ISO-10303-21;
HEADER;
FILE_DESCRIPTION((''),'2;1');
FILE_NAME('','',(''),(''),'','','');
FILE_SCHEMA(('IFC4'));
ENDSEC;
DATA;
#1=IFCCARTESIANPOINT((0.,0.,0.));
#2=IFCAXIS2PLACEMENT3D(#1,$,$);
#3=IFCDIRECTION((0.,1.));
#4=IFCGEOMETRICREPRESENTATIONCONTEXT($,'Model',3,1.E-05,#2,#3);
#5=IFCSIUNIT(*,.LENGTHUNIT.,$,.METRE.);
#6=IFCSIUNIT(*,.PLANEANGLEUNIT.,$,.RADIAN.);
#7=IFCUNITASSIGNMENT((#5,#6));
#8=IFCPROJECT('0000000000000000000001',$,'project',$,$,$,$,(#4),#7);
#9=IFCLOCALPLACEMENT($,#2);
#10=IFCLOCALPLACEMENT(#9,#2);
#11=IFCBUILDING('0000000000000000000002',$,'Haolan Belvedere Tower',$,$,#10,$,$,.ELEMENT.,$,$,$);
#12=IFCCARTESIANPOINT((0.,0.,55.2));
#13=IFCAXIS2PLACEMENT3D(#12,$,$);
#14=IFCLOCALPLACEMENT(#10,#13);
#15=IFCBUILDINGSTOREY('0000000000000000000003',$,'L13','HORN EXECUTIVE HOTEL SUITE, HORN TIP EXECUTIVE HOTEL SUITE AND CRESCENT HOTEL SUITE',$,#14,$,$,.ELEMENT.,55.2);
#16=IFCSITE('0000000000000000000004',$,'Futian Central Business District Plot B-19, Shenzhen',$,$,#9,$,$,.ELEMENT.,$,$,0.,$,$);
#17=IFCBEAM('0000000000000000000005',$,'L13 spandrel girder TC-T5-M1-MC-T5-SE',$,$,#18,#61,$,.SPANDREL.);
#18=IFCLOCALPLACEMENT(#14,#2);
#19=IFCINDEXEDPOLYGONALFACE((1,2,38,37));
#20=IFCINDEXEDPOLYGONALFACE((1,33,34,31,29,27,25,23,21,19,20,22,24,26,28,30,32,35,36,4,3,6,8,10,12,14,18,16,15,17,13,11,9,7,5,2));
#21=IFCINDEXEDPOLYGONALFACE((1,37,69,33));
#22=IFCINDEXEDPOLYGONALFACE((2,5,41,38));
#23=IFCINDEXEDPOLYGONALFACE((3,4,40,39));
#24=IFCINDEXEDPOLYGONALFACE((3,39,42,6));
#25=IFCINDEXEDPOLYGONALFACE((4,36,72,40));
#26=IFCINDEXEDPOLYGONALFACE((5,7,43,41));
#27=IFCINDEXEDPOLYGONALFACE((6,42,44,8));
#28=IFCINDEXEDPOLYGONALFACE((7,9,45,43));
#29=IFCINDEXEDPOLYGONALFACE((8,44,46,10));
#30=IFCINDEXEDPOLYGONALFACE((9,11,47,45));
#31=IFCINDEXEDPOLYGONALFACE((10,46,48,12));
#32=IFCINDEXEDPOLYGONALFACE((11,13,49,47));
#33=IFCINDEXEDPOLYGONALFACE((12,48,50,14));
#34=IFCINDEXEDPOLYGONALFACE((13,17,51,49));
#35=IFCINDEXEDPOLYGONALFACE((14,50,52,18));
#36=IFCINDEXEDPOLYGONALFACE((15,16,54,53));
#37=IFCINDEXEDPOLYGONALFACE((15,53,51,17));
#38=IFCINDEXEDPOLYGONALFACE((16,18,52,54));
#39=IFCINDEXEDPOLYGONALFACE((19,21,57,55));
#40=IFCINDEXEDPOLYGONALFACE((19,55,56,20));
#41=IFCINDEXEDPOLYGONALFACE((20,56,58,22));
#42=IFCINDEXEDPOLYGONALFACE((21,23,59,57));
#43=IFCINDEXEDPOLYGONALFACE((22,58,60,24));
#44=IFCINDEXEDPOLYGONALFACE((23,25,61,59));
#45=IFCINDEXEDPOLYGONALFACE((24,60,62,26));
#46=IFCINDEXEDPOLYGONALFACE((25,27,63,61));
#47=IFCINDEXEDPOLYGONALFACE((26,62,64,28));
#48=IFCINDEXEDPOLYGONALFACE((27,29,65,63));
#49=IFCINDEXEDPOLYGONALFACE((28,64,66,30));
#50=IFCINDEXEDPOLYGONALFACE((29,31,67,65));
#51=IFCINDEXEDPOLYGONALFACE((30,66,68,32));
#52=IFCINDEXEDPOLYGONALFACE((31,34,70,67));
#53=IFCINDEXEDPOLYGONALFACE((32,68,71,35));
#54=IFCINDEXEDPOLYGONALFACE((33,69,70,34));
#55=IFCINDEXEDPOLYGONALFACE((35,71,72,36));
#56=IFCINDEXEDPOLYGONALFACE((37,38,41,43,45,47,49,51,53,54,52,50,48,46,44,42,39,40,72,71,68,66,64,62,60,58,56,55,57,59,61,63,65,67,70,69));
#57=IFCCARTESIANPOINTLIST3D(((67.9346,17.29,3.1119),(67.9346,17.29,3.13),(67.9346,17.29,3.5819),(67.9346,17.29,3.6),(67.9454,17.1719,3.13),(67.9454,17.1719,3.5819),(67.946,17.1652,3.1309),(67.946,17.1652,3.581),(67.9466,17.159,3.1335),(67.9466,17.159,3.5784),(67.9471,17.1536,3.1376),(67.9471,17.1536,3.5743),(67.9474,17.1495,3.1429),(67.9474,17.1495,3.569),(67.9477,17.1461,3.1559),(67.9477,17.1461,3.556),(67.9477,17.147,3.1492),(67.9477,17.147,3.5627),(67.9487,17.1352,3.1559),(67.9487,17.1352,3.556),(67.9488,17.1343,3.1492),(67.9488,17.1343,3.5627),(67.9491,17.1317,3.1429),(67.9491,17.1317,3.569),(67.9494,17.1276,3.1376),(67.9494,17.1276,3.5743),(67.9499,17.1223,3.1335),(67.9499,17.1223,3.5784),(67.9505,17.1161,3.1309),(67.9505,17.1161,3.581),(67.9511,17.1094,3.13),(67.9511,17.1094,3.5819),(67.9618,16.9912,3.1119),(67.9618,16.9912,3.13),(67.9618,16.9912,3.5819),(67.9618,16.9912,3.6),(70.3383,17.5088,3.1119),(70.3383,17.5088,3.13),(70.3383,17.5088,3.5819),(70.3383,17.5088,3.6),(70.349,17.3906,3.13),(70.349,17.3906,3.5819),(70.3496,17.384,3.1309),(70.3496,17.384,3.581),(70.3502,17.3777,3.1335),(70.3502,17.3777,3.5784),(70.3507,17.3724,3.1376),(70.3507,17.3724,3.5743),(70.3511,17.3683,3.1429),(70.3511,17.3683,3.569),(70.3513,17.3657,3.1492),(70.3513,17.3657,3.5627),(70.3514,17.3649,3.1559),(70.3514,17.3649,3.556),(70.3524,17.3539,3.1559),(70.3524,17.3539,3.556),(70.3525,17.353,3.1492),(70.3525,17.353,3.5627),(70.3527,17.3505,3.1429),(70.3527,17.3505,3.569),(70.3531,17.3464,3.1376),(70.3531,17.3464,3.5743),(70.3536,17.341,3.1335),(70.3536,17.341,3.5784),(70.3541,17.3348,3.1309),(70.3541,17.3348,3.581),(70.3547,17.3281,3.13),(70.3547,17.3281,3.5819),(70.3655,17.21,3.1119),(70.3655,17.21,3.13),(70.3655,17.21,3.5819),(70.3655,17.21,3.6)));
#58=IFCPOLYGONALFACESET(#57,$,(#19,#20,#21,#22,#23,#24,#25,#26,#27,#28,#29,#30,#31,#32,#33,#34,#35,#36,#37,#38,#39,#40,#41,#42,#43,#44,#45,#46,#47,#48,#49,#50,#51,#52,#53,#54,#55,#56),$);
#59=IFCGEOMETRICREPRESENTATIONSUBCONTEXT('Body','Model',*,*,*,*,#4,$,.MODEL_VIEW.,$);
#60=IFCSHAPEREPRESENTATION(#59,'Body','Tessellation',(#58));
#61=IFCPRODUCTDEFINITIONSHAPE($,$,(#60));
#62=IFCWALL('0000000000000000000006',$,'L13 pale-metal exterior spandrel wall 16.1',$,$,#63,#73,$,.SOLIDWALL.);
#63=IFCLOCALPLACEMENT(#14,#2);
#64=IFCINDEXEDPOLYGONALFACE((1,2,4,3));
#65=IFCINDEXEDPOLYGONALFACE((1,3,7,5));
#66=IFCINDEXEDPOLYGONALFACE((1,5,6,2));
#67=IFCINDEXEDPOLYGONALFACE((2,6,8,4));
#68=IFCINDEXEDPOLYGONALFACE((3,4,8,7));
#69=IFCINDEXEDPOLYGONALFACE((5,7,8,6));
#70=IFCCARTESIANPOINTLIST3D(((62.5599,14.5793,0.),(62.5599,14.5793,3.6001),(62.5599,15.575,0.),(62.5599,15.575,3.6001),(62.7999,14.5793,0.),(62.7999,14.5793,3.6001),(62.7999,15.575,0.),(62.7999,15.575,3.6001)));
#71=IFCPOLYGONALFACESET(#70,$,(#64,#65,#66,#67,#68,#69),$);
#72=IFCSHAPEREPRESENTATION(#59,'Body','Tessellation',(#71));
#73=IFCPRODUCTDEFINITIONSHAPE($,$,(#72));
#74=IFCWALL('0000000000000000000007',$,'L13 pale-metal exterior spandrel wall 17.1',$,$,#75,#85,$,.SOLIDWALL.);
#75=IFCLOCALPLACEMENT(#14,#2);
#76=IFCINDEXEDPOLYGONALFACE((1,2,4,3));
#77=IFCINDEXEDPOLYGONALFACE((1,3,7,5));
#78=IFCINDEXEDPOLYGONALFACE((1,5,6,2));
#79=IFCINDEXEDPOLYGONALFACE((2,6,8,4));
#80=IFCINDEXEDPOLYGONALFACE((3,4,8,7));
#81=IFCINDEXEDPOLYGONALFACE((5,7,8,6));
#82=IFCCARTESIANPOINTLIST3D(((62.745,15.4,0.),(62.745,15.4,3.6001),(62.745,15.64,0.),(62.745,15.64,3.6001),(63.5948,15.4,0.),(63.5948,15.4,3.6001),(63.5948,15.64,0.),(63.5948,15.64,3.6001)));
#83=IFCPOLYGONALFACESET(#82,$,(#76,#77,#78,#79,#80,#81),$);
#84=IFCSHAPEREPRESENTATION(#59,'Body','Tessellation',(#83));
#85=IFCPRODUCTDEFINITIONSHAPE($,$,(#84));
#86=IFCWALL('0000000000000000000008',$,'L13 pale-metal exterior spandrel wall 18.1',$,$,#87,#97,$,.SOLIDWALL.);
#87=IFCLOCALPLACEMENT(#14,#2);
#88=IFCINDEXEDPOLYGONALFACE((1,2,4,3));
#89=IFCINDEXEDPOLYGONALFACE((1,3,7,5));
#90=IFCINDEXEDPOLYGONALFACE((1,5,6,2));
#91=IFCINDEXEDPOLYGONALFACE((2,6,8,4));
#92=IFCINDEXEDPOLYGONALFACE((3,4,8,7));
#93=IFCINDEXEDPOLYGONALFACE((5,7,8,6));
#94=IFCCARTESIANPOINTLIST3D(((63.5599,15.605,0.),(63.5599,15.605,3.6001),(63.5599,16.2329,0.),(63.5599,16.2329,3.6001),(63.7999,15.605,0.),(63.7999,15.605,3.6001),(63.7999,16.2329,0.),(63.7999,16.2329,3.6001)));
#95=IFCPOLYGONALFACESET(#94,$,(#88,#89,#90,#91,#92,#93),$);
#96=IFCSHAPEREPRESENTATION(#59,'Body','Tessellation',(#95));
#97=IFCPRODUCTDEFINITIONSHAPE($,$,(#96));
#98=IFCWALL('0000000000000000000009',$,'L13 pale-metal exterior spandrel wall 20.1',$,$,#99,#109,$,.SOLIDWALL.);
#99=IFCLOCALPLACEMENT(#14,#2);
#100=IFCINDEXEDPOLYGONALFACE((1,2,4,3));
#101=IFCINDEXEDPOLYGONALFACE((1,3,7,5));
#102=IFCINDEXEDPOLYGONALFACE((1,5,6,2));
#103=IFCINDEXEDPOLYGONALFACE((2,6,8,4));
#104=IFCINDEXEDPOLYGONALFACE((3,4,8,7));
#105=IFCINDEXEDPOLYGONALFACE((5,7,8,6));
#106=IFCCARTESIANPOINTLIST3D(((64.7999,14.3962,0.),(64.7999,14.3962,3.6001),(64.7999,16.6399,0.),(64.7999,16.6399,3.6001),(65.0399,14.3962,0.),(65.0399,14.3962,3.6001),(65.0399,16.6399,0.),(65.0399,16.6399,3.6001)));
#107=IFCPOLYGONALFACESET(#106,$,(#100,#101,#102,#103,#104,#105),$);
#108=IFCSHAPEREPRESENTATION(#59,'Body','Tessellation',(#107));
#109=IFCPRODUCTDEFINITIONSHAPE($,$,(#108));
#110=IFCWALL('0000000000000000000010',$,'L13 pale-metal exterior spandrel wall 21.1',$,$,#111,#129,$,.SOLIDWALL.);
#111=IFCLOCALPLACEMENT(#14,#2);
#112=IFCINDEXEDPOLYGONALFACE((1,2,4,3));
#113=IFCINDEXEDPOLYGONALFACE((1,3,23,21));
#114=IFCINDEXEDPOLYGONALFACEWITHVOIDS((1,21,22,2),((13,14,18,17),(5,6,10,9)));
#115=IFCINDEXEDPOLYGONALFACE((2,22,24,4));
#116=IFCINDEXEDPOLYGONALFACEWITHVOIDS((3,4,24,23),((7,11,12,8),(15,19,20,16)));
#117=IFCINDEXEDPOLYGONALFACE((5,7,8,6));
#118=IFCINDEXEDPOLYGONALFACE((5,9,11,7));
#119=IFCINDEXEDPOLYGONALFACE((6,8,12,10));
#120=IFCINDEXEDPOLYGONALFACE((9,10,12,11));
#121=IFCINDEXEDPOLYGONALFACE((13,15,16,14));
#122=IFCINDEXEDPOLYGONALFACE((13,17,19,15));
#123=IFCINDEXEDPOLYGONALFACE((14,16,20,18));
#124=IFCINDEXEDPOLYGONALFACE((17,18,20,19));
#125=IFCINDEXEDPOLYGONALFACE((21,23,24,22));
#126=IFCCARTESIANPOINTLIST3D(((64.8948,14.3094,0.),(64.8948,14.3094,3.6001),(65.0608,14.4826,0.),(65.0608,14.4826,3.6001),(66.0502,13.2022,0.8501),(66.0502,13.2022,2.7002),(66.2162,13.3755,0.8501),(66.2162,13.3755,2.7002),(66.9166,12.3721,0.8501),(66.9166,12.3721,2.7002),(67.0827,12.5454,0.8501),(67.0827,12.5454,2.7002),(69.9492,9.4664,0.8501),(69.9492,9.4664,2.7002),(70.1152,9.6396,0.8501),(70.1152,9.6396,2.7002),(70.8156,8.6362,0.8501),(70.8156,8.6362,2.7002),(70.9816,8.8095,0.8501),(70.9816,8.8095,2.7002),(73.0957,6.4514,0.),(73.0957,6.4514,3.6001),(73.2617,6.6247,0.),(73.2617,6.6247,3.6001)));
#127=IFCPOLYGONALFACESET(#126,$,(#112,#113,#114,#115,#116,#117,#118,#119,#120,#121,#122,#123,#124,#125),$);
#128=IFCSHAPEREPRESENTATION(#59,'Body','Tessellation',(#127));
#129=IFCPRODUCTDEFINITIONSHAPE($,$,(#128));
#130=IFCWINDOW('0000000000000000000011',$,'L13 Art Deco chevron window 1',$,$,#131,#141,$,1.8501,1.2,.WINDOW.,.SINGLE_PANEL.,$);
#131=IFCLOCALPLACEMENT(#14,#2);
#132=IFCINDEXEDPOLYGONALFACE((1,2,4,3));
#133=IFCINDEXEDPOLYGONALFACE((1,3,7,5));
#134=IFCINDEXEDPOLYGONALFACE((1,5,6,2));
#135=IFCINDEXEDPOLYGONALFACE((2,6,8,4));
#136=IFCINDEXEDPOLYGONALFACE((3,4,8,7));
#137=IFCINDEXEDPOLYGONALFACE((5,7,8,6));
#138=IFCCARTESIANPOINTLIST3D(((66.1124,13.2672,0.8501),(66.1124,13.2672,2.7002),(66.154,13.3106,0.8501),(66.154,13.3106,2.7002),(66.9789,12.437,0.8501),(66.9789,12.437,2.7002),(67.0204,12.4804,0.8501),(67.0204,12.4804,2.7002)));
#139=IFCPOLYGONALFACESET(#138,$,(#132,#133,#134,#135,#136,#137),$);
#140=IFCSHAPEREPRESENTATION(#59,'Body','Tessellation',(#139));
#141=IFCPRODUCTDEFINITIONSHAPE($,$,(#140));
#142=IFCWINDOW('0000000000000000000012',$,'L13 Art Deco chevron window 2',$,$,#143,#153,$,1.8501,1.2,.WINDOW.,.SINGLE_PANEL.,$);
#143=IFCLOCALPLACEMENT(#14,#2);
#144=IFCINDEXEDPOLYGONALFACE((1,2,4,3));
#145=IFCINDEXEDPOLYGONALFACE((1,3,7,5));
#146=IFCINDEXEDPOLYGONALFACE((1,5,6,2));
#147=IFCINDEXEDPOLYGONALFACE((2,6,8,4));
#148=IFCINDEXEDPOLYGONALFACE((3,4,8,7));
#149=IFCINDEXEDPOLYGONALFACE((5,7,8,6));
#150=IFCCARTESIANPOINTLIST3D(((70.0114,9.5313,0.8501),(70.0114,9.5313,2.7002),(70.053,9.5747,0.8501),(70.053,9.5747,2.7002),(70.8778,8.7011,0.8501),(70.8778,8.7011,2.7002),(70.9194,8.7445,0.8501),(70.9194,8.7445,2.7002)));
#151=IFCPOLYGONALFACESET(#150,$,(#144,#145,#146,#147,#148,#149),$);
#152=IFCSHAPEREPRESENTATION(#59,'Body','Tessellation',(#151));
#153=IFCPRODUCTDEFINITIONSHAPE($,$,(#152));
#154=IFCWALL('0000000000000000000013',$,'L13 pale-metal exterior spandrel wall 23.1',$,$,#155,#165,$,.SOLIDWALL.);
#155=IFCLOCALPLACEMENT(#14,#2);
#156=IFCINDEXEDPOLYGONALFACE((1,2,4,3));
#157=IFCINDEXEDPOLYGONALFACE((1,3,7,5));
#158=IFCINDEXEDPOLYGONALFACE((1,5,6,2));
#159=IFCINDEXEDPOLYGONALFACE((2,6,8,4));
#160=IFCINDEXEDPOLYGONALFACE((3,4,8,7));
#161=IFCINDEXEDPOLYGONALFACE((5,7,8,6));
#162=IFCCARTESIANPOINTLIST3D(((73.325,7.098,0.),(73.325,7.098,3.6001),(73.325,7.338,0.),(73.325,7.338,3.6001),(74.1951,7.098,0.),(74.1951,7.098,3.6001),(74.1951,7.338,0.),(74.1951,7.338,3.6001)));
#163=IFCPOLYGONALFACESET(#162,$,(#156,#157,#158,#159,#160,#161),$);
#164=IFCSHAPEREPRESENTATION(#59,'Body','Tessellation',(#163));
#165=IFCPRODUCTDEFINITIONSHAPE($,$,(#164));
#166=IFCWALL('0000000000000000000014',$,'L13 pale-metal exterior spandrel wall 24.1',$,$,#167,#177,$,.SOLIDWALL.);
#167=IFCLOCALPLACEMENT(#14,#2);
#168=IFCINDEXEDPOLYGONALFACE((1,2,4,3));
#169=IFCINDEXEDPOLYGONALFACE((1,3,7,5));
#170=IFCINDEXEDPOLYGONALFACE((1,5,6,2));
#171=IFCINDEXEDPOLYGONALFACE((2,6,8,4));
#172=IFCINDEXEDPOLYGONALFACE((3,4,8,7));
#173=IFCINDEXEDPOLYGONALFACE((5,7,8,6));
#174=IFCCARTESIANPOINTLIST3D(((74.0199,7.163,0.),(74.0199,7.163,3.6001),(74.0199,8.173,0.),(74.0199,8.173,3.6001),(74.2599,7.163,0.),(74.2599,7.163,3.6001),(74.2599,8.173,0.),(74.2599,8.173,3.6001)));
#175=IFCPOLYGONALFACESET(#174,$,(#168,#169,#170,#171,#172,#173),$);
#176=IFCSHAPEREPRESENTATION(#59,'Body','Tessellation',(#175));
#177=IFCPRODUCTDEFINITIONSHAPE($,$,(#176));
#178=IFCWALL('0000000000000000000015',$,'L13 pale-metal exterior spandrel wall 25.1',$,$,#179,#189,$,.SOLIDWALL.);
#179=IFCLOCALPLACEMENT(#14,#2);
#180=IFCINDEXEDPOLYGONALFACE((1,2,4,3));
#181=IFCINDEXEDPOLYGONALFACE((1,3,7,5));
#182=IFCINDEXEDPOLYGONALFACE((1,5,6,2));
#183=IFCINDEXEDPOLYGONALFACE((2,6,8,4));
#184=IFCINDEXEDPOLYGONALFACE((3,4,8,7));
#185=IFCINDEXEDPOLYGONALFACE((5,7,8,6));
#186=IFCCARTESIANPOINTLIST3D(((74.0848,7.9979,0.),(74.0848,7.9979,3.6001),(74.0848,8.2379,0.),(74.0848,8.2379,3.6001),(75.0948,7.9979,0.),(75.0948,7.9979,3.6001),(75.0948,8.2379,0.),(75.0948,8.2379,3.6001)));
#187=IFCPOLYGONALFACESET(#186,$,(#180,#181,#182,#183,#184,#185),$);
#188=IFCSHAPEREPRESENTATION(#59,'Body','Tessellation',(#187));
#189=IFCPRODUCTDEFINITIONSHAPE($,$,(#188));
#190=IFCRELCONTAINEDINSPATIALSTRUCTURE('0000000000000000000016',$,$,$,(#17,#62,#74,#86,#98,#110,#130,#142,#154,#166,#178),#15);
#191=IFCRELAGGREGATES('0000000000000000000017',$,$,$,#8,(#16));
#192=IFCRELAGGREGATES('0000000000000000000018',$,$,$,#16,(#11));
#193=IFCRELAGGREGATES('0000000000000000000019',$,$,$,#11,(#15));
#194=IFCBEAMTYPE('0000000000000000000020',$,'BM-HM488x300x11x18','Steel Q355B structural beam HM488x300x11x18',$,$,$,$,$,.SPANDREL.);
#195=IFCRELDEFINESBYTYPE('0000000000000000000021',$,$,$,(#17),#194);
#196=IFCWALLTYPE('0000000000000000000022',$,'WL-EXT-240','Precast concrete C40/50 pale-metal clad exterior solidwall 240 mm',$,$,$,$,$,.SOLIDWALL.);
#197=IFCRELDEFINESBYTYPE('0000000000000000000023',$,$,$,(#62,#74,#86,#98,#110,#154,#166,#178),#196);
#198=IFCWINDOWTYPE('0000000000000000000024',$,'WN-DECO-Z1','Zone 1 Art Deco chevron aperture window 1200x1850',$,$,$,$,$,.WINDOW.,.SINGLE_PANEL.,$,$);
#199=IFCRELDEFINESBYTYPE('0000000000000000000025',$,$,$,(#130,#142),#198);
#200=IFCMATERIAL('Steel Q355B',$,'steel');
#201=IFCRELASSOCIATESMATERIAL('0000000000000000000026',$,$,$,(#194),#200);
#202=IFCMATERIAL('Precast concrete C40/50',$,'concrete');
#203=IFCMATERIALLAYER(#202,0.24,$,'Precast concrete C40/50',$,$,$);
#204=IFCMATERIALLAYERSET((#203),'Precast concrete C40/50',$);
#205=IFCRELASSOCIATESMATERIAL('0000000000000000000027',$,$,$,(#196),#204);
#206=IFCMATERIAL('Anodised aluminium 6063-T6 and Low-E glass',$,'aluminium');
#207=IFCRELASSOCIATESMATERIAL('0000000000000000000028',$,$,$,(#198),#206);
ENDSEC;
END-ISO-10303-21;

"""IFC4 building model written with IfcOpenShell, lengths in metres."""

from ifc_helpers import new_model, si_unit, direction, frame, frame_2d, origin, origin_2d, place, context, subcontext, project, spatial, rectangle, i_section, extrude, material, layer, layer_set, material_profile, profile_set, type_object, element, fill, save


model = new_model("IFC4")

# Units and contexts
model_context = context("Model", 3, precision=1e-05, world=origin(), true_north=direction((0.0, 1.0)))
body_context = subcontext(model_context, "Body", "Model", "MODEL_VIEW")
ifc_project = project(units=[si_unit("LENGTHUNIT", "METRE"), si_unit("PLANEANGLEUNIT", "RADIAN")], contexts=[model_context])

# Site, building, storey
site_placement = place(None, origin())
site = spatial("IfcSite", under=ifc_project, at=site_placement, Name="Futian Central Business District Plot B-19, Shenzhen", CompositionType="ELEMENT", RefElevation=0.0)
building_placement = place(site_placement, origin())
building = spatial("IfcBuilding", under=site, at=building_placement, Name="Haolan Belvedere Tower", CompositionType="ELEMENT")
storey_placement = place(building_placement, frame((0.0, 0.0, 55.2)))
storey = spatial("IfcBuildingStorey", under=building, at=storey_placement, Name="L13", Description="HORN EXECUTIVE HOTEL SUITE, HORN TIP EXECUTIVE HOTEL SUITE AND CRESCENT HOTEL SUITE", CompositionType="ELEMENT", Elevation=55.2)

# Shared definitions
ifc_material_1 = material(Name="Steel Q355B", Category="steel")

# Beam
ifc_material_profile_1 = material_profile(ifc_material_1, i_section(OverallWidth=0.3, OverallDepth=0.488, WebThickness=0.011, FlangeThickness=0.0181, FilletRadius=0.0259, at=origin_2d()), Name="Steel Q355B")
ifc_profile_set_1 = profile_set([ifc_material_profile_1], Name="Steel Q355B")
beam_type = type_object("IfcBeamType", Name="BM-HM488x300x11x18", Description="Steel Q355B structural beam HM488x300x11x18", PredefinedType="SPANDREL", material=ifc_profile_set_1)
for number, where, z_axis, x_axis, name in (
    (1, (67.9482, 17.1406, 3.356), (0.995884, 0.090636, 0.0), (-0.090636, 0.995884, 0.0), "L13 spandrel girder TC-T5-M1-MC-T5-SE"),
):
    element("IfcBeam", number, at=place(storey_placement, frame(where, z_axis=z_axis, x_axis=x_axis)), inside=storey, type_object=beam_type, Name=name, PredefinedType="SPANDREL", context=body_context, shape_type="SweptSolid", body=[
        extrude(i_section(OverallWidth=0.3, OverallDepth=0.488, WebThickness=0.011, FlangeThickness=0.0181, FilletRadius=0.0259, at=origin_2d()), origin(), (0.0, 0.0, 1.0), 2.4136),
    ])

# Walls
ifc_material_2 = material(Name="Precast concrete C40/50", Category="concrete")
ifc_layer_1 = layer(ifc_material_2, 0.24, Name="Precast concrete C40/50")
ifc_layer_set_1 = layer_set([ifc_layer_1], Name="Precast concrete C40/50")
wall_type_1 = type_object("IfcWallType", Name="WL-EXT-240", Description="Precast concrete C40/50 pale-metal clad exterior solidwall 240 mm", PredefinedType="SOLIDWALL", material=ifc_layer_set_1)
wall_1_placement = place(storey_placement, frame((62.6799, 14.5793, 0.0), z_axis=(0.0, 0.0, 1.0), x_axis=(0.0, 1.0, 0.0)))
element("IfcWall", 2, at=wall_1_placement, inside=storey, type_object=wall_type_1, Name="L13 pale-metal exterior spandrel wall 16.1", PredefinedType="SOLIDWALL", context=body_context, shape_type="SweptSolid", body=[
    extrude(rectangle(XDim=0.9956, YDim=0.24, at=frame_2d((0.4978, 0.0))), origin(), (0.0, 0.0, 1.0), 3.6001),
])
wall_2_placement = place(storey_placement, frame((62.7451, 15.52, 0.0), z_axis=(0.0, 0.0, 1.0), x_axis=(1.0, 0.0, 0.0)))
element("IfcWall", 3, at=wall_2_placement, inside=storey, type_object=wall_type_1, Name="L13 pale-metal exterior spandrel wall 17.1", PredefinedType="SOLIDWALL", context=body_context, shape_type="SweptSolid", body=[
    extrude(rectangle(XDim=0.8499, YDim=0.24, at=frame_2d((0.4248, 0.0))), origin(), (0.0, 0.0, 1.0), 3.6001),
])
wall_3_placement = place(storey_placement, frame((63.6799, 15.605, 0.0), z_axis=(0.0, 0.0, 1.0), x_axis=(0.0, 1.0, 0.0)))
element("IfcWall", 4, at=wall_3_placement, inside=storey, type_object=wall_type_1, Name="L13 pale-metal exterior spandrel wall 18.1", PredefinedType="SOLIDWALL", context=body_context, shape_type="SweptSolid", body=[
    extrude(rectangle(XDim=0.6279, YDim=0.24, at=frame_2d((0.314, 0.0))), origin(), (0.0, 0.0, 1.0), 3.6001),
])
wall_4_placement = place(storey_placement, frame((64.9199, 16.6399, 0.0), z_axis=(0.0, 0.0, 1.0), x_axis=(0.0, -1.0, 0.0)))
element("IfcWall", 5, at=wall_4_placement, inside=storey, type_object=wall_type_1, Name="L13 pale-metal exterior spandrel wall 20.1", PredefinedType="SOLIDWALL", context=body_context, shape_type="SweptSolid", body=[
    extrude(rectangle(XDim=2.2437, YDim=0.24, at=frame_2d((1.1218, 0.0))), origin(), (0.0, 0.0, 1.0), 3.6001),
])

# Wall, openings, windows
wall_5_placement = place(storey_placement, frame((64.9778, 14.396, 0.0), z_axis=(0.0, 0.0, 1.0), x_axis=(0.722046, -0.691845, 0.0)))
wall_5 = element("IfcWall", 6, at=wall_5_placement, inside=storey, type_object=wall_type_1, Name="L13 pale-metal exterior spandrel wall 21.1", PredefinedType="SOLIDWALL", context=body_context, shape_type="SweptSolid", body=[
    extrude(rectangle(XDim=11.3579, YDim=0.24, at=frame_2d((5.679, 0.0))), origin(), (0.0, 0.0, 1.0), 3.6001),
])
opening_1_placement = place(wall_5_placement, frame((1.6001, 0.0, 0.8501)))
opening_1 = element("IfcOpeningElement", 7, at=opening_1_placement, cuts=wall_5, PredefinedType="OPENING", context=body_context, shape_type="SweptSolid", body=[
    extrude(rectangle(XDim=1.2, YDim=1.8501, at=frame_2d((0.6001, 0.925))), frame((0.0, 0.1299, 0.0), z_axis=(0.0, -1.0, 0.0), x_axis=(1.0, 0.0, 0.0)), (0.0, 0.0, 1.0), 0.26),
])
opening_2_placement = place(wall_5_placement, frame((7.0, 0.0, 0.8501)))
opening_2 = element("IfcOpeningElement", 8, at=opening_2_placement, cuts=wall_5, PredefinedType="OPENING", context=body_context, shape_type="SweptSolid", body=[
    extrude(rectangle(XDim=1.2, YDim=1.8501, at=frame_2d((0.6001, 0.925))), frame((0.0, 0.1299, 0.0), z_axis=(0.0, -1.0, 0.0), x_axis=(1.0, 0.0, 0.0)), (0.0, 0.0, 1.0), 0.26),
])
ifc_material_3 = material(Name="Anodised aluminium 6063-T6 and Low-E glass", Category="aluminium")
window_type = type_object("IfcWindowType", Name="WN-DECO-Z1", Description="Zone 1 Art Deco chevron aperture window 1200x1850", PartitioningType="SINGLE_PANEL", PredefinedType="WINDOW", material=ifc_material_3)
window_1_placement = place(opening_1_placement, origin())
window_1 = element("IfcWindow", 9, at=window_1_placement, inside=storey, type_object=window_type, Name="L13 Art Deco chevron window 1", OverallHeight=1.8501, OverallWidth=1.2, PartitioningType="SINGLE_PANEL", PredefinedType="WINDOW", context=body_context, shape_type="SweptSolid", body=[
    extrude(rectangle(XDim=1.2, YDim=1.8501, at=frame_2d((0.6001, 0.925))), frame((0.0, 0.03, 0.0), z_axis=(0.0, -1.0, 0.0), x_axis=(1.0, 0.0, 0.0)), (0.0, 0.0, 1.0), 0.0601),
])
fill(opening_1, window_1)
window_2_placement = place(opening_2_placement, origin())
window_2 = element("IfcWindow", 10, at=window_2_placement, inside=storey, type_object=window_type, Name="L13 Art Deco chevron window 2", OverallHeight=1.8501, OverallWidth=1.2, PartitioningType="SINGLE_PANEL", PredefinedType="WINDOW", context=body_context, shape_type="SweptSolid", body=[
    extrude(rectangle(XDim=1.2, YDim=1.8501, at=frame_2d((0.6001, 0.925))), frame((0.0, 0.03, 0.0), z_axis=(0.0, -1.0, 0.0), x_axis=(1.0, 0.0, 0.0)), (0.0, 0.0, 1.0), 0.0601),
])
fill(opening_2, window_2)

# Walls
wall_6_placement = place(storey_placement, frame((73.325, 7.218, 0.0), z_axis=(0.0, 0.0, 1.0), x_axis=(1.0, 0.0, 0.0)))
element("IfcWall", 11, at=wall_6_placement, inside=storey, type_object=wall_type_1, Name="L13 pale-metal exterior spandrel wall 23.1", PredefinedType="SOLIDWALL", context=body_context, shape_type="SweptSolid", body=[
    extrude(rectangle(XDim=0.8701, YDim=0.24, at=frame_2d((0.4351, 0.0))), origin(), (0.0, 0.0, 1.0), 3.6001),
])
for number, where, z_axis, x_axis, name in (
    (12, (74.1399, 7.1631, 0.0), (0.0, 0.0, 1.0), (0.0, 1.0, 0.0), "L13 pale-metal exterior spandrel wall 24.1"),
    (13, (74.085, 8.1179, 0.0), (0.0, 0.0, 1.0), (1.0, 0.0, 0.0), "L13 pale-metal exterior spandrel wall 25.1"),
):
    element("IfcWall", number, at=place(storey_placement, frame(where, z_axis=z_axis, x_axis=x_axis)), inside=storey, type_object=wall_type_1, Name=name, PredefinedType="SOLIDWALL", context=body_context, shape_type="SweptSolid", body=[
        extrude(rectangle(XDim=1.01, YDim=0.24, at=frame_2d((0.5049, 0.0))), origin(), (0.0, 0.0, 1.0), 3.6001),
    ])

save(model, "model.ifc")
